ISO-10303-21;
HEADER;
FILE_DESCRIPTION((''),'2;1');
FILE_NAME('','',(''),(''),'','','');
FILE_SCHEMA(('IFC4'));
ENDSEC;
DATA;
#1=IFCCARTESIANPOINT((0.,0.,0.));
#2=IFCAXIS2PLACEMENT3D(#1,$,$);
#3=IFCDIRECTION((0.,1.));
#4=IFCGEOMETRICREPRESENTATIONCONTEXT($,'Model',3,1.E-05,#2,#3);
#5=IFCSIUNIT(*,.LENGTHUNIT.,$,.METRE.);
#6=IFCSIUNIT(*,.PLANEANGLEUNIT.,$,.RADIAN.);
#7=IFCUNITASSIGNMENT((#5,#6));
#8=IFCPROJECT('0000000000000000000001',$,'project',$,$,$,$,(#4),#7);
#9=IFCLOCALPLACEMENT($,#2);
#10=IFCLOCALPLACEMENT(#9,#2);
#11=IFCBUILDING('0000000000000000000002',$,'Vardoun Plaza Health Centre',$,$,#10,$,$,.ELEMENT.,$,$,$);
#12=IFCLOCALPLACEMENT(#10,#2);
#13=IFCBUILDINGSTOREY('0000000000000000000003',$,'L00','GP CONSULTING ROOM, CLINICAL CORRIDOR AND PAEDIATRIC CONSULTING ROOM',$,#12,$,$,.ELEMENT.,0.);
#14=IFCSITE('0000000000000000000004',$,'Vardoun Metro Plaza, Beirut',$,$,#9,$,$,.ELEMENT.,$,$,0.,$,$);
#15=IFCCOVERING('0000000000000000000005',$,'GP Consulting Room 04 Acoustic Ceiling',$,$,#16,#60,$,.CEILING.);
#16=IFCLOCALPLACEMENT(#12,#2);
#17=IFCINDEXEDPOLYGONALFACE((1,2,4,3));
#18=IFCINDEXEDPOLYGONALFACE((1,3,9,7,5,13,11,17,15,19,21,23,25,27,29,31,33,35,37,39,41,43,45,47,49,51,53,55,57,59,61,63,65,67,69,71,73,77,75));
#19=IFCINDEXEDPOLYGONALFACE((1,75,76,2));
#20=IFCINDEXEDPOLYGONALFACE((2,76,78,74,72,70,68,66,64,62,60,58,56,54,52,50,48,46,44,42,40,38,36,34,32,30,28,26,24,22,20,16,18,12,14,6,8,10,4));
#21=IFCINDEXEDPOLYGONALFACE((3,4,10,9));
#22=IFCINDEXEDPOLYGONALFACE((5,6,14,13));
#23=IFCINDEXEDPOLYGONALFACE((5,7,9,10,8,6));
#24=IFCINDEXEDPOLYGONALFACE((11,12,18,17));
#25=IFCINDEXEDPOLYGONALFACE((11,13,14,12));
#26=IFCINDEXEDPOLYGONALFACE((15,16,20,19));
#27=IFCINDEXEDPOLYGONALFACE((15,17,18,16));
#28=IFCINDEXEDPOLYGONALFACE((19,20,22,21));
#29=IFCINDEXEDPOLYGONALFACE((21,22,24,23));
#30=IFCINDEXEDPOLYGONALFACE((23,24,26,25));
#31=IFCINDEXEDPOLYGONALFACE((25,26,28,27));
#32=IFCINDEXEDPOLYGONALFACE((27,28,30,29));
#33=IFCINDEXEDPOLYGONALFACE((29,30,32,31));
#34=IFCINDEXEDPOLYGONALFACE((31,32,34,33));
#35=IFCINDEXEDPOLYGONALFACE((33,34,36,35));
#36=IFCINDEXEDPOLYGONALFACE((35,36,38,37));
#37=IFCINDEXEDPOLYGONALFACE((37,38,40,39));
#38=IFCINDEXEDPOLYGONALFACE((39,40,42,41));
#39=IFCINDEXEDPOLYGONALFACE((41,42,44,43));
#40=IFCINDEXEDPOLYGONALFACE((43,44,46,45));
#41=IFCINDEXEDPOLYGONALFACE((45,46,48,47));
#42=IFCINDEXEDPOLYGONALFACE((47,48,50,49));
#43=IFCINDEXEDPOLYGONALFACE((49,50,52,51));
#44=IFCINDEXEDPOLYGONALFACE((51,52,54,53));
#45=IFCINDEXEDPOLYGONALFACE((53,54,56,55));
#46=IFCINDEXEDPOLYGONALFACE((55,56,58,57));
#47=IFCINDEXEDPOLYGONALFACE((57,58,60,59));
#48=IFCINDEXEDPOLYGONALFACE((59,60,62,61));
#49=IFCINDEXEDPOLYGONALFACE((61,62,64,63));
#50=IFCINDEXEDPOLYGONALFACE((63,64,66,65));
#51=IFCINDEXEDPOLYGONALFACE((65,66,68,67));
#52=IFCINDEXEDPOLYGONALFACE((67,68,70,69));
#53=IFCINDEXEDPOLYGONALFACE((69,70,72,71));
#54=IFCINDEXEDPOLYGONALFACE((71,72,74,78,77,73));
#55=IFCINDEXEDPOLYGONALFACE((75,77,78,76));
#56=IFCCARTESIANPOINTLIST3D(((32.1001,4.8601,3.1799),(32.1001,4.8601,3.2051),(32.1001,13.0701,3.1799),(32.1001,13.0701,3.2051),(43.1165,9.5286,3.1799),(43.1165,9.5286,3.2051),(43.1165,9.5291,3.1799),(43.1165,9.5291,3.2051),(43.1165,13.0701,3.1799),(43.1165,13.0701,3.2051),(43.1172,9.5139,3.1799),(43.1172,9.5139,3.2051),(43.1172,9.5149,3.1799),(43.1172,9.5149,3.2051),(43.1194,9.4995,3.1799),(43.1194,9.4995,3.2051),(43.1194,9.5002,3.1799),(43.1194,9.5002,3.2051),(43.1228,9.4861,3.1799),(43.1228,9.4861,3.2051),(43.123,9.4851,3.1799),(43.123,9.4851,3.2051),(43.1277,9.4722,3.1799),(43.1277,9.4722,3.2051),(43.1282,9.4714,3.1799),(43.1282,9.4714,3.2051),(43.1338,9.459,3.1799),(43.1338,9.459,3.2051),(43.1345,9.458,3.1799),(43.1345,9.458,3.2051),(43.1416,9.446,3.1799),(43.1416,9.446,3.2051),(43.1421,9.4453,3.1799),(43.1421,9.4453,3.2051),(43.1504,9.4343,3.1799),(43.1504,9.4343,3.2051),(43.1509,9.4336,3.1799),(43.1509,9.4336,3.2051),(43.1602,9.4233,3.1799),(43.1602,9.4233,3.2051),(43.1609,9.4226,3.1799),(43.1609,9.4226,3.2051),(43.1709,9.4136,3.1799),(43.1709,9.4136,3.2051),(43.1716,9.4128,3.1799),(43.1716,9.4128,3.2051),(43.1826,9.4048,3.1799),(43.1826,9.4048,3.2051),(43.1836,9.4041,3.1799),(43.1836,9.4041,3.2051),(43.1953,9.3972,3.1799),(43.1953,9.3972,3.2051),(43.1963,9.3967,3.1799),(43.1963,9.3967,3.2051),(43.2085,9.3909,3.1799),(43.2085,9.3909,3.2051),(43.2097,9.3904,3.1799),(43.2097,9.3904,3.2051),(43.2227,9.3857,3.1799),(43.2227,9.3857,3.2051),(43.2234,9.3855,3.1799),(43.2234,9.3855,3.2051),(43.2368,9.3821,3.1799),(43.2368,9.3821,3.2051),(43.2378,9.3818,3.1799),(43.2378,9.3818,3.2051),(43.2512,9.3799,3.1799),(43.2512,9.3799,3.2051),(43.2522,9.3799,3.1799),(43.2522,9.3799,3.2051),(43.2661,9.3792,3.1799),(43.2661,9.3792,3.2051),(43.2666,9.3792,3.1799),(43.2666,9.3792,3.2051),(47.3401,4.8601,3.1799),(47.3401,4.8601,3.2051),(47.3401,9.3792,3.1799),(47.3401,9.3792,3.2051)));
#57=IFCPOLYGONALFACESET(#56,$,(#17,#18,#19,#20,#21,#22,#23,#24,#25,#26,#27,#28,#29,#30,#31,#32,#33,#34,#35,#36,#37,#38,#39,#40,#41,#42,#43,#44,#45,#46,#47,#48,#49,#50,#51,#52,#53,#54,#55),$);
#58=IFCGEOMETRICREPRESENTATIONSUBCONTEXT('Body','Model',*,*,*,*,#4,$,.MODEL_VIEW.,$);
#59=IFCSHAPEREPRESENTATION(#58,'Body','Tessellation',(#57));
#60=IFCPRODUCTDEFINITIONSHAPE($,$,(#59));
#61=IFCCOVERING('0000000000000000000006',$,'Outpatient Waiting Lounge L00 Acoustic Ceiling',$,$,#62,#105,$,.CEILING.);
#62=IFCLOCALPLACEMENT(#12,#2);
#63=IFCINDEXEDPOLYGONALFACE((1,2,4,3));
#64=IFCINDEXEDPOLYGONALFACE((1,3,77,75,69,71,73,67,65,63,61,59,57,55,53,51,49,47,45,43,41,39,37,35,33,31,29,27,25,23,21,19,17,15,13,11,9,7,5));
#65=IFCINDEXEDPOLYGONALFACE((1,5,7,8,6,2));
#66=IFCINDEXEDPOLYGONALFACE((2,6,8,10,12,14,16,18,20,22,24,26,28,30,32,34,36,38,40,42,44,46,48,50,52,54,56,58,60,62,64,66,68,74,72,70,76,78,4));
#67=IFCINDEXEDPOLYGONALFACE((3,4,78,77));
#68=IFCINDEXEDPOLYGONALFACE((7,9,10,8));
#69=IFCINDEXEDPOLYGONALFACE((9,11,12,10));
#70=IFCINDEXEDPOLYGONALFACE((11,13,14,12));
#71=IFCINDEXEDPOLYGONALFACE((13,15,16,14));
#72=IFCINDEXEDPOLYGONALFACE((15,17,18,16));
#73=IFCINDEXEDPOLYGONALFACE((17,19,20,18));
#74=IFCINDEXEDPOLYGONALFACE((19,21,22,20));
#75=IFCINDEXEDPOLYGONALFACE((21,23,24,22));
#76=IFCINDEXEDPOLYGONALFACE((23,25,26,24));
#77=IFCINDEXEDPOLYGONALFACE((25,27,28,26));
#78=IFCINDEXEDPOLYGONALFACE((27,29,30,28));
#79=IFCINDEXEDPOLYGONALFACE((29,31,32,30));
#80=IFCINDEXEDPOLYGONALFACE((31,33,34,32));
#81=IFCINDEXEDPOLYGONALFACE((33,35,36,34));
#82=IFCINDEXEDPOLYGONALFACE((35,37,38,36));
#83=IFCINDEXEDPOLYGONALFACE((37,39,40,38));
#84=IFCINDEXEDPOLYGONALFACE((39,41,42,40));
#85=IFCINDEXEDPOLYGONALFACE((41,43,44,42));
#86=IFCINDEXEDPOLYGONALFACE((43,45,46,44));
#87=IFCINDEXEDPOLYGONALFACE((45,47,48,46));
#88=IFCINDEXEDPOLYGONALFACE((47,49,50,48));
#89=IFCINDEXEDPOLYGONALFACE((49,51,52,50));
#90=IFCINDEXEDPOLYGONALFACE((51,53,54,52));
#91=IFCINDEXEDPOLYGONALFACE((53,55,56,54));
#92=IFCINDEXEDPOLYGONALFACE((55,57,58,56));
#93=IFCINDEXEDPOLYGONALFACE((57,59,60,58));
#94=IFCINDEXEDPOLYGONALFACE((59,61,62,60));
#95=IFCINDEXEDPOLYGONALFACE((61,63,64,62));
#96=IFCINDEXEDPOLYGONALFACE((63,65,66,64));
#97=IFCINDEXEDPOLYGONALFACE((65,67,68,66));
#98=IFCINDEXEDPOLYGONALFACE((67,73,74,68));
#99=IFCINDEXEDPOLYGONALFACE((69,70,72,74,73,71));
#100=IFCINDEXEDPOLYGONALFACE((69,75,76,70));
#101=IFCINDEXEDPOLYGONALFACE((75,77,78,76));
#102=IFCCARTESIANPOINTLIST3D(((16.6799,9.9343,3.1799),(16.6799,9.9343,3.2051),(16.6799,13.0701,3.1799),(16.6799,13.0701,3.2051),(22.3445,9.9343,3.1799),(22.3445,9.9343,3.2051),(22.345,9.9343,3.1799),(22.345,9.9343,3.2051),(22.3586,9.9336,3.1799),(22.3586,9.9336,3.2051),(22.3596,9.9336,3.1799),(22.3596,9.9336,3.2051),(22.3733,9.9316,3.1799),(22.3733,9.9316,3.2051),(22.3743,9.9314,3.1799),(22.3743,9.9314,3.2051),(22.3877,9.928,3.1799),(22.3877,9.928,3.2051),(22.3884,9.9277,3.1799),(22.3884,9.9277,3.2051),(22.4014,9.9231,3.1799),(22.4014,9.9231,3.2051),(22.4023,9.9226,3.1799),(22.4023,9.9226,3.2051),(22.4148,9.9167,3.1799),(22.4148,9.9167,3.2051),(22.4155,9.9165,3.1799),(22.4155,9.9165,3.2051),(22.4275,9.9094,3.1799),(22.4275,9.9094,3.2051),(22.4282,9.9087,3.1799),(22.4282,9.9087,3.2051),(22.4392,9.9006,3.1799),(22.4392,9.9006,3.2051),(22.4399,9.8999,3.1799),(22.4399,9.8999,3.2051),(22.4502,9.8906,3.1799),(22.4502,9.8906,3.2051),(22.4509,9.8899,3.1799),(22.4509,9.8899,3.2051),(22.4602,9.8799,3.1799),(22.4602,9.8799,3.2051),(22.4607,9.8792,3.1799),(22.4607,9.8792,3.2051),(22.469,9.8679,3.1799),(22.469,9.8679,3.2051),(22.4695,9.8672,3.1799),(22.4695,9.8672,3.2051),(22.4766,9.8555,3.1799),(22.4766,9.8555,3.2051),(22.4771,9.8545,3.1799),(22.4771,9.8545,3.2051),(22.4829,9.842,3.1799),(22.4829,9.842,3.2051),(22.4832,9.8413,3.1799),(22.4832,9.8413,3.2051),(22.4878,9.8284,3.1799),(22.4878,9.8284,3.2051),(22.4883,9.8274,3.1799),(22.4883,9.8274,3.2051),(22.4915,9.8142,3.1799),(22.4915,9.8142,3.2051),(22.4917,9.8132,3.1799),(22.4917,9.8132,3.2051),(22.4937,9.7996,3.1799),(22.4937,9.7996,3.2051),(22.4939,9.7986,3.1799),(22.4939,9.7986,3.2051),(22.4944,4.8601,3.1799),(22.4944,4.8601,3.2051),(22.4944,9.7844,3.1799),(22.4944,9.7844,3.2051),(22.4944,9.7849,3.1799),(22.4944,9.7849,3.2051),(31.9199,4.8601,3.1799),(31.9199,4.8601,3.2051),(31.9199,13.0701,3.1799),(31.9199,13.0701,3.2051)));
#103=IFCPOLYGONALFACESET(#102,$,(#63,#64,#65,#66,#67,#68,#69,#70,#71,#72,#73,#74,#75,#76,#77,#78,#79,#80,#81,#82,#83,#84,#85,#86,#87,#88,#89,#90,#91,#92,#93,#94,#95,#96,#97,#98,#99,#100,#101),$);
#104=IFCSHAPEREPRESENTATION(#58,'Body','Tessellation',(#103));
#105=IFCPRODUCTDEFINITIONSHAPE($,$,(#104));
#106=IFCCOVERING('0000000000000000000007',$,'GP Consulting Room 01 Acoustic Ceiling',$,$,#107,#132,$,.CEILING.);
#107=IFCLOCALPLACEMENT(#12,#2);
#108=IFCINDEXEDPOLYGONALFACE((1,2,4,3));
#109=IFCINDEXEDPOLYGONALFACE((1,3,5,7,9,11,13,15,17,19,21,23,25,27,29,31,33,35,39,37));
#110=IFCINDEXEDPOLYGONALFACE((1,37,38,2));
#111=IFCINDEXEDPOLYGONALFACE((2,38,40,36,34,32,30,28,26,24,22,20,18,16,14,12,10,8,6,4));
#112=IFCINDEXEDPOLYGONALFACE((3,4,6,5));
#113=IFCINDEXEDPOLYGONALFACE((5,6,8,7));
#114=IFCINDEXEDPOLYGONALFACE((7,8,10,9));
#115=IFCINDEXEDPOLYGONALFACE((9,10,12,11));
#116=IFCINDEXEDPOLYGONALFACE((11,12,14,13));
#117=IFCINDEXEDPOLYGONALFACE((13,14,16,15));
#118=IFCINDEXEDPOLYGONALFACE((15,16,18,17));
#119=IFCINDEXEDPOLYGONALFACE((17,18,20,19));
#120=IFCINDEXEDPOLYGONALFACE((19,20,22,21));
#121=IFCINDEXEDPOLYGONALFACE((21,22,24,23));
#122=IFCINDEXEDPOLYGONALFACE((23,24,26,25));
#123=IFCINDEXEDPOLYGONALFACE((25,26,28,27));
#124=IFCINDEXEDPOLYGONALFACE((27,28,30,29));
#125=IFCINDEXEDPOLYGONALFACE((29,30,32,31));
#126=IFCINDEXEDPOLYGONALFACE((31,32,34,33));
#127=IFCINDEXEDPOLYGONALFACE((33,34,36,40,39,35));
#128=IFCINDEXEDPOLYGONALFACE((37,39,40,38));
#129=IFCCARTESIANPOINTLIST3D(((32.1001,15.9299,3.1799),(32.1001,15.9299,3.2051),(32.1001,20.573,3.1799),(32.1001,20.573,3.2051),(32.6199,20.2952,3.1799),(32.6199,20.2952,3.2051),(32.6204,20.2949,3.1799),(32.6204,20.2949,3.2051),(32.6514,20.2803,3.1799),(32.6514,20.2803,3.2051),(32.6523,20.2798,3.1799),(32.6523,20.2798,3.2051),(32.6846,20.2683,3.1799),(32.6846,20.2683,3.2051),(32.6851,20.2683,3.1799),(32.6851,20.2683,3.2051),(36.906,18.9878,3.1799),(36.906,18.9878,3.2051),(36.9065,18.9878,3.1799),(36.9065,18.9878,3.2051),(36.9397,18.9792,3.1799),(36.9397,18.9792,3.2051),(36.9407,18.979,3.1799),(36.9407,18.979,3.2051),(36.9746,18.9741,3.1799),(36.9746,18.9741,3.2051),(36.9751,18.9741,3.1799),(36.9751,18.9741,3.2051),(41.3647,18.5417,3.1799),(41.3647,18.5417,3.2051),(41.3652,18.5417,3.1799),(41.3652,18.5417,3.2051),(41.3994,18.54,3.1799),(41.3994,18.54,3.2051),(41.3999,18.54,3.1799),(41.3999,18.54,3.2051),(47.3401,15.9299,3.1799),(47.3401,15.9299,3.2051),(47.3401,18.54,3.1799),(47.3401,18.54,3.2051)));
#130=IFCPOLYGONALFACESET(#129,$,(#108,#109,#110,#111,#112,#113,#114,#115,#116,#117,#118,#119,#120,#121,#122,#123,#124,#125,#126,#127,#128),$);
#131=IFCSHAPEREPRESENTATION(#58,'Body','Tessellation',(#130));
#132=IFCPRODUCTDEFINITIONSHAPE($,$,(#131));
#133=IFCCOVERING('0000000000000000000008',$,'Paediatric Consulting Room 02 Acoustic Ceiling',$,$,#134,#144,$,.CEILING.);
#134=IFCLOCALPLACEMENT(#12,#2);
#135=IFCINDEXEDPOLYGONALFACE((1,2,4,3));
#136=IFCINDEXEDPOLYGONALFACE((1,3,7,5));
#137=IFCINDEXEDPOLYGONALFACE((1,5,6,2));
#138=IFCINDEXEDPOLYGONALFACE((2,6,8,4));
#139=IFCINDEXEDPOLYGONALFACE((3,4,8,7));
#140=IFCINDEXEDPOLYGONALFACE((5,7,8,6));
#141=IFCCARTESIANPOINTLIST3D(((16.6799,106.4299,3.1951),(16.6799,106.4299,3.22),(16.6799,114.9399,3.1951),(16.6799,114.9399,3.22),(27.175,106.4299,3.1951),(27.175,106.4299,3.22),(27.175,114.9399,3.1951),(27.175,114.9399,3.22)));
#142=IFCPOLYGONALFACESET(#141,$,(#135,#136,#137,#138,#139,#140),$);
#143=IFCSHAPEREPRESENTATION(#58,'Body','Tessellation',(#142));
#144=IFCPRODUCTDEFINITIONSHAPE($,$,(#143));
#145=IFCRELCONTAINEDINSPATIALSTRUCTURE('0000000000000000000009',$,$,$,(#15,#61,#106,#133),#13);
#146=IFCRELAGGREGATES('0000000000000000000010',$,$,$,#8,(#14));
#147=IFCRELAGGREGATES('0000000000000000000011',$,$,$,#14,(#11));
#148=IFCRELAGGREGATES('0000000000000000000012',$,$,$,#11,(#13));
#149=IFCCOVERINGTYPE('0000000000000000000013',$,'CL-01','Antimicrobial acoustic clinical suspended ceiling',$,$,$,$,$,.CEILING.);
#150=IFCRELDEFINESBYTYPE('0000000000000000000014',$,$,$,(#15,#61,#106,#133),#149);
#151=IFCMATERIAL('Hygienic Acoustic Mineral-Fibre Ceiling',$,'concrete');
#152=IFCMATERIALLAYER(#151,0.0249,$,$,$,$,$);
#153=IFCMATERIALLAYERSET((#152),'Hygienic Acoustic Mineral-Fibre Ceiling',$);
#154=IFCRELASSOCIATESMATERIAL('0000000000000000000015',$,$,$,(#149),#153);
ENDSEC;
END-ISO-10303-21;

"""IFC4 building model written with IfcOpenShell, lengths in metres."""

from ifc_helpers import new_model, si_unit, direction, frame, origin, place, context, subcontext, project, spatial, polyline, outline, extrude, material, layer, layer_set, type_object, element, save


model = new_model("IFC4")

# Units and contexts
model_context = context("Model", 3, precision=1e-05, world=origin(), true_north=direction((0.0, 1.0)))
body_context = subcontext(model_context, "Body", "Model", "MODEL_VIEW")
ifc_project = project(units=[si_unit("LENGTHUNIT", "METRE"), si_unit("PLANEANGLEUNIT", "RADIAN")], contexts=[model_context])

# Site, building, storey
site_placement = place(None, origin())
site = spatial("IfcSite", under=ifc_project, at=site_placement, Name="Vardoun Metro Plaza, Beirut", CompositionType="ELEMENT", RefElevation=0.0)
building_placement = place(site_placement, origin())
building = spatial("IfcBuilding", under=site, at=building_placement, Name="Vardoun Plaza Health Centre", CompositionType="ELEMENT")
storey_placement = place(building_placement, origin())
storey = spatial("IfcBuildingStorey", under=building, at=storey_placement, Name="L00", Description="GP CONSULTING ROOM, CLINICAL CORRIDOR AND PAEDIATRIC CONSULTING ROOM", CompositionType="ELEMENT", Elevation=0.0)

# Coverings
ifc_material_1 = material(Name="Hygienic Acoustic Mineral-Fibre Ceiling", Category="concrete")
ifc_layer_1 = layer(ifc_material_1, 0.0249)
ifc_layer_set_1 = layer_set([ifc_layer_1], Name="Hygienic Acoustic Mineral-Fibre Ceiling")
covering_type_1 = type_object("IfcCoveringType", Name="CL-01", Description="Antimicrobial acoustic clinical suspended ceiling", PredefinedType="CEILING", material=ifc_layer_set_1)
covering_1_placement = place(storey_placement, frame((0.0, 0.0, 3.1799)))
element("IfcCovering", 1, at=covering_1_placement, inside=storey, type_object=covering_type_1, Name="GP Consulting Room 04 Acoustic Ceiling", PredefinedType="CEILING", context=body_context, shape_type="SweptSolid", body=[
    extrude(outline(polyline([(32.1001, 13.0701), (43.1165, 13.0701), (43.1165, 9.5291), (43.1165, 9.5286), (43.1172, 9.5149), (43.1172, 9.5139), (43.1194, 9.5002), (43.1194, 9.4995), (43.1228, 9.4861), (43.123, 9.4851), (43.1277, 9.4722), (43.1282, 9.4714), (43.1338, 9.459), (43.1345, 9.458), (43.1416, 9.446), (43.1421, 9.4453), (43.1504, 9.4343), (43.1509, 9.4336), (43.1602, 9.4233), (43.1609, 9.4226), (43.1709, 9.4136), (43.1716, 9.4128), (43.1826, 9.4048), (43.1836, 9.4041), (43.1953, 9.3972), (43.1963, 9.3967), (43.2085, 9.3909), (43.2097, 9.3904), (43.2227, 9.3857), (43.2234, 9.3855), (43.2368, 9.3821), (43.2378, 9.3818), (43.2512, 9.3799), (43.2522, 9.3799), (43.2661, 9.3792), (43.2666, 9.3792), (47.3401, 9.3792), (47.3401, 4.8601), (32.1001, 4.8601), (32.1001, 13.0701)])), origin(), (0.0, 0.0, 1.0), 0.0251),
])
covering_2_placement = place(storey_placement, frame((0.0, 0.0, 3.1799)))
element("IfcCovering", 2, at=covering_2_placement, inside=storey, type_object=covering_type_1, Name="Outpatient Waiting Lounge L00 Acoustic Ceiling", PredefinedType="CEILING", context=body_context, shape_type="SweptSolid", body=[
    extrude(outline(polyline([(16.6799, 13.0701), (31.9199, 13.0701), (31.9199, 4.8601), (22.4944, 4.8601), (22.4944, 9.7844), (22.4944, 9.7849), (22.4939, 9.7986), (22.4937, 9.7996), (22.4917, 9.8132), (22.4915, 9.8142), (22.4883, 9.8274), (22.4878, 9.8284), (22.4832, 9.8413), (22.4829, 9.842), (22.4771, 9.8545), (22.4766, 9.8555), (22.4695, 9.8672), (22.469, 9.8679), (22.4607, 9.8792), (22.4602, 9.8799), (22.4509, 9.8899), (22.4502, 9.8906), (22.4399, 9.8999), (22.4392, 9.9006), (22.4282, 9.9087), (22.4275, 9.9094), (22.4155, 9.9165), (22.4148, 9.9167), (22.4023, 9.9226), (22.4014, 9.9231), (22.3884, 9.9277), (22.3877, 9.928), (22.3743, 9.9314), (22.3733, 9.9316), (22.3596, 9.9336), (22.3586, 9.9336), (22.345, 9.9343), (22.3445, 9.9343), (16.6799, 9.9343), (16.6799, 13.0701)])), origin(), (0.0, 0.0, 1.0), 0.0251),
])
covering_3_placement = place(storey_placement, frame((0.0, 0.0, 3.1799)))
element("IfcCovering", 3, at=covering_3_placement, inside=storey, type_object=covering_type_1, Name="GP Consulting Room 01 Acoustic Ceiling", PredefinedType="CEILING", context=body_context, shape_type="SweptSolid", body=[
    extrude(outline(polyline([(32.6199, 20.2952), (32.6204, 20.2949), (32.6514, 20.2803), (32.6523, 20.2798), (32.6846, 20.2683), (32.6851, 20.2683), (36.906, 18.9878), (36.9065, 18.9878), (36.9397, 18.9792), (36.9407, 18.979), (36.9746, 18.9741), (36.9751, 18.9741), (41.3647, 18.5417), (41.3652, 18.5417), (41.3994, 18.54), (41.3999, 18.54), (47.3401, 18.54), (47.3401, 15.9299), (32.1001, 15.9299), (32.1001, 20.573), (32.6199, 20.2952)])), origin(), (0.0, 0.0, 1.0), 0.0251),
])
covering_4_placement = place(storey_placement, frame((0.0, 0.0, 3.1951)))
element("IfcCovering", 4, at=covering_4_placement, inside=storey, type_object=covering_type_1, Name="Paediatric Consulting Room 02 Acoustic Ceiling", PredefinedType="CEILING", context=body_context, shape_type="SweptSolid", body=[
    extrude(outline(polyline([(16.6799, 114.9399), (27.175, 114.9399), (27.175, 106.4299), (16.6799, 106.4299), (16.6799, 114.9399)])), origin(), (0.0, 0.0, 1.0), 0.0249),
])

save(model, "model.ifc")
